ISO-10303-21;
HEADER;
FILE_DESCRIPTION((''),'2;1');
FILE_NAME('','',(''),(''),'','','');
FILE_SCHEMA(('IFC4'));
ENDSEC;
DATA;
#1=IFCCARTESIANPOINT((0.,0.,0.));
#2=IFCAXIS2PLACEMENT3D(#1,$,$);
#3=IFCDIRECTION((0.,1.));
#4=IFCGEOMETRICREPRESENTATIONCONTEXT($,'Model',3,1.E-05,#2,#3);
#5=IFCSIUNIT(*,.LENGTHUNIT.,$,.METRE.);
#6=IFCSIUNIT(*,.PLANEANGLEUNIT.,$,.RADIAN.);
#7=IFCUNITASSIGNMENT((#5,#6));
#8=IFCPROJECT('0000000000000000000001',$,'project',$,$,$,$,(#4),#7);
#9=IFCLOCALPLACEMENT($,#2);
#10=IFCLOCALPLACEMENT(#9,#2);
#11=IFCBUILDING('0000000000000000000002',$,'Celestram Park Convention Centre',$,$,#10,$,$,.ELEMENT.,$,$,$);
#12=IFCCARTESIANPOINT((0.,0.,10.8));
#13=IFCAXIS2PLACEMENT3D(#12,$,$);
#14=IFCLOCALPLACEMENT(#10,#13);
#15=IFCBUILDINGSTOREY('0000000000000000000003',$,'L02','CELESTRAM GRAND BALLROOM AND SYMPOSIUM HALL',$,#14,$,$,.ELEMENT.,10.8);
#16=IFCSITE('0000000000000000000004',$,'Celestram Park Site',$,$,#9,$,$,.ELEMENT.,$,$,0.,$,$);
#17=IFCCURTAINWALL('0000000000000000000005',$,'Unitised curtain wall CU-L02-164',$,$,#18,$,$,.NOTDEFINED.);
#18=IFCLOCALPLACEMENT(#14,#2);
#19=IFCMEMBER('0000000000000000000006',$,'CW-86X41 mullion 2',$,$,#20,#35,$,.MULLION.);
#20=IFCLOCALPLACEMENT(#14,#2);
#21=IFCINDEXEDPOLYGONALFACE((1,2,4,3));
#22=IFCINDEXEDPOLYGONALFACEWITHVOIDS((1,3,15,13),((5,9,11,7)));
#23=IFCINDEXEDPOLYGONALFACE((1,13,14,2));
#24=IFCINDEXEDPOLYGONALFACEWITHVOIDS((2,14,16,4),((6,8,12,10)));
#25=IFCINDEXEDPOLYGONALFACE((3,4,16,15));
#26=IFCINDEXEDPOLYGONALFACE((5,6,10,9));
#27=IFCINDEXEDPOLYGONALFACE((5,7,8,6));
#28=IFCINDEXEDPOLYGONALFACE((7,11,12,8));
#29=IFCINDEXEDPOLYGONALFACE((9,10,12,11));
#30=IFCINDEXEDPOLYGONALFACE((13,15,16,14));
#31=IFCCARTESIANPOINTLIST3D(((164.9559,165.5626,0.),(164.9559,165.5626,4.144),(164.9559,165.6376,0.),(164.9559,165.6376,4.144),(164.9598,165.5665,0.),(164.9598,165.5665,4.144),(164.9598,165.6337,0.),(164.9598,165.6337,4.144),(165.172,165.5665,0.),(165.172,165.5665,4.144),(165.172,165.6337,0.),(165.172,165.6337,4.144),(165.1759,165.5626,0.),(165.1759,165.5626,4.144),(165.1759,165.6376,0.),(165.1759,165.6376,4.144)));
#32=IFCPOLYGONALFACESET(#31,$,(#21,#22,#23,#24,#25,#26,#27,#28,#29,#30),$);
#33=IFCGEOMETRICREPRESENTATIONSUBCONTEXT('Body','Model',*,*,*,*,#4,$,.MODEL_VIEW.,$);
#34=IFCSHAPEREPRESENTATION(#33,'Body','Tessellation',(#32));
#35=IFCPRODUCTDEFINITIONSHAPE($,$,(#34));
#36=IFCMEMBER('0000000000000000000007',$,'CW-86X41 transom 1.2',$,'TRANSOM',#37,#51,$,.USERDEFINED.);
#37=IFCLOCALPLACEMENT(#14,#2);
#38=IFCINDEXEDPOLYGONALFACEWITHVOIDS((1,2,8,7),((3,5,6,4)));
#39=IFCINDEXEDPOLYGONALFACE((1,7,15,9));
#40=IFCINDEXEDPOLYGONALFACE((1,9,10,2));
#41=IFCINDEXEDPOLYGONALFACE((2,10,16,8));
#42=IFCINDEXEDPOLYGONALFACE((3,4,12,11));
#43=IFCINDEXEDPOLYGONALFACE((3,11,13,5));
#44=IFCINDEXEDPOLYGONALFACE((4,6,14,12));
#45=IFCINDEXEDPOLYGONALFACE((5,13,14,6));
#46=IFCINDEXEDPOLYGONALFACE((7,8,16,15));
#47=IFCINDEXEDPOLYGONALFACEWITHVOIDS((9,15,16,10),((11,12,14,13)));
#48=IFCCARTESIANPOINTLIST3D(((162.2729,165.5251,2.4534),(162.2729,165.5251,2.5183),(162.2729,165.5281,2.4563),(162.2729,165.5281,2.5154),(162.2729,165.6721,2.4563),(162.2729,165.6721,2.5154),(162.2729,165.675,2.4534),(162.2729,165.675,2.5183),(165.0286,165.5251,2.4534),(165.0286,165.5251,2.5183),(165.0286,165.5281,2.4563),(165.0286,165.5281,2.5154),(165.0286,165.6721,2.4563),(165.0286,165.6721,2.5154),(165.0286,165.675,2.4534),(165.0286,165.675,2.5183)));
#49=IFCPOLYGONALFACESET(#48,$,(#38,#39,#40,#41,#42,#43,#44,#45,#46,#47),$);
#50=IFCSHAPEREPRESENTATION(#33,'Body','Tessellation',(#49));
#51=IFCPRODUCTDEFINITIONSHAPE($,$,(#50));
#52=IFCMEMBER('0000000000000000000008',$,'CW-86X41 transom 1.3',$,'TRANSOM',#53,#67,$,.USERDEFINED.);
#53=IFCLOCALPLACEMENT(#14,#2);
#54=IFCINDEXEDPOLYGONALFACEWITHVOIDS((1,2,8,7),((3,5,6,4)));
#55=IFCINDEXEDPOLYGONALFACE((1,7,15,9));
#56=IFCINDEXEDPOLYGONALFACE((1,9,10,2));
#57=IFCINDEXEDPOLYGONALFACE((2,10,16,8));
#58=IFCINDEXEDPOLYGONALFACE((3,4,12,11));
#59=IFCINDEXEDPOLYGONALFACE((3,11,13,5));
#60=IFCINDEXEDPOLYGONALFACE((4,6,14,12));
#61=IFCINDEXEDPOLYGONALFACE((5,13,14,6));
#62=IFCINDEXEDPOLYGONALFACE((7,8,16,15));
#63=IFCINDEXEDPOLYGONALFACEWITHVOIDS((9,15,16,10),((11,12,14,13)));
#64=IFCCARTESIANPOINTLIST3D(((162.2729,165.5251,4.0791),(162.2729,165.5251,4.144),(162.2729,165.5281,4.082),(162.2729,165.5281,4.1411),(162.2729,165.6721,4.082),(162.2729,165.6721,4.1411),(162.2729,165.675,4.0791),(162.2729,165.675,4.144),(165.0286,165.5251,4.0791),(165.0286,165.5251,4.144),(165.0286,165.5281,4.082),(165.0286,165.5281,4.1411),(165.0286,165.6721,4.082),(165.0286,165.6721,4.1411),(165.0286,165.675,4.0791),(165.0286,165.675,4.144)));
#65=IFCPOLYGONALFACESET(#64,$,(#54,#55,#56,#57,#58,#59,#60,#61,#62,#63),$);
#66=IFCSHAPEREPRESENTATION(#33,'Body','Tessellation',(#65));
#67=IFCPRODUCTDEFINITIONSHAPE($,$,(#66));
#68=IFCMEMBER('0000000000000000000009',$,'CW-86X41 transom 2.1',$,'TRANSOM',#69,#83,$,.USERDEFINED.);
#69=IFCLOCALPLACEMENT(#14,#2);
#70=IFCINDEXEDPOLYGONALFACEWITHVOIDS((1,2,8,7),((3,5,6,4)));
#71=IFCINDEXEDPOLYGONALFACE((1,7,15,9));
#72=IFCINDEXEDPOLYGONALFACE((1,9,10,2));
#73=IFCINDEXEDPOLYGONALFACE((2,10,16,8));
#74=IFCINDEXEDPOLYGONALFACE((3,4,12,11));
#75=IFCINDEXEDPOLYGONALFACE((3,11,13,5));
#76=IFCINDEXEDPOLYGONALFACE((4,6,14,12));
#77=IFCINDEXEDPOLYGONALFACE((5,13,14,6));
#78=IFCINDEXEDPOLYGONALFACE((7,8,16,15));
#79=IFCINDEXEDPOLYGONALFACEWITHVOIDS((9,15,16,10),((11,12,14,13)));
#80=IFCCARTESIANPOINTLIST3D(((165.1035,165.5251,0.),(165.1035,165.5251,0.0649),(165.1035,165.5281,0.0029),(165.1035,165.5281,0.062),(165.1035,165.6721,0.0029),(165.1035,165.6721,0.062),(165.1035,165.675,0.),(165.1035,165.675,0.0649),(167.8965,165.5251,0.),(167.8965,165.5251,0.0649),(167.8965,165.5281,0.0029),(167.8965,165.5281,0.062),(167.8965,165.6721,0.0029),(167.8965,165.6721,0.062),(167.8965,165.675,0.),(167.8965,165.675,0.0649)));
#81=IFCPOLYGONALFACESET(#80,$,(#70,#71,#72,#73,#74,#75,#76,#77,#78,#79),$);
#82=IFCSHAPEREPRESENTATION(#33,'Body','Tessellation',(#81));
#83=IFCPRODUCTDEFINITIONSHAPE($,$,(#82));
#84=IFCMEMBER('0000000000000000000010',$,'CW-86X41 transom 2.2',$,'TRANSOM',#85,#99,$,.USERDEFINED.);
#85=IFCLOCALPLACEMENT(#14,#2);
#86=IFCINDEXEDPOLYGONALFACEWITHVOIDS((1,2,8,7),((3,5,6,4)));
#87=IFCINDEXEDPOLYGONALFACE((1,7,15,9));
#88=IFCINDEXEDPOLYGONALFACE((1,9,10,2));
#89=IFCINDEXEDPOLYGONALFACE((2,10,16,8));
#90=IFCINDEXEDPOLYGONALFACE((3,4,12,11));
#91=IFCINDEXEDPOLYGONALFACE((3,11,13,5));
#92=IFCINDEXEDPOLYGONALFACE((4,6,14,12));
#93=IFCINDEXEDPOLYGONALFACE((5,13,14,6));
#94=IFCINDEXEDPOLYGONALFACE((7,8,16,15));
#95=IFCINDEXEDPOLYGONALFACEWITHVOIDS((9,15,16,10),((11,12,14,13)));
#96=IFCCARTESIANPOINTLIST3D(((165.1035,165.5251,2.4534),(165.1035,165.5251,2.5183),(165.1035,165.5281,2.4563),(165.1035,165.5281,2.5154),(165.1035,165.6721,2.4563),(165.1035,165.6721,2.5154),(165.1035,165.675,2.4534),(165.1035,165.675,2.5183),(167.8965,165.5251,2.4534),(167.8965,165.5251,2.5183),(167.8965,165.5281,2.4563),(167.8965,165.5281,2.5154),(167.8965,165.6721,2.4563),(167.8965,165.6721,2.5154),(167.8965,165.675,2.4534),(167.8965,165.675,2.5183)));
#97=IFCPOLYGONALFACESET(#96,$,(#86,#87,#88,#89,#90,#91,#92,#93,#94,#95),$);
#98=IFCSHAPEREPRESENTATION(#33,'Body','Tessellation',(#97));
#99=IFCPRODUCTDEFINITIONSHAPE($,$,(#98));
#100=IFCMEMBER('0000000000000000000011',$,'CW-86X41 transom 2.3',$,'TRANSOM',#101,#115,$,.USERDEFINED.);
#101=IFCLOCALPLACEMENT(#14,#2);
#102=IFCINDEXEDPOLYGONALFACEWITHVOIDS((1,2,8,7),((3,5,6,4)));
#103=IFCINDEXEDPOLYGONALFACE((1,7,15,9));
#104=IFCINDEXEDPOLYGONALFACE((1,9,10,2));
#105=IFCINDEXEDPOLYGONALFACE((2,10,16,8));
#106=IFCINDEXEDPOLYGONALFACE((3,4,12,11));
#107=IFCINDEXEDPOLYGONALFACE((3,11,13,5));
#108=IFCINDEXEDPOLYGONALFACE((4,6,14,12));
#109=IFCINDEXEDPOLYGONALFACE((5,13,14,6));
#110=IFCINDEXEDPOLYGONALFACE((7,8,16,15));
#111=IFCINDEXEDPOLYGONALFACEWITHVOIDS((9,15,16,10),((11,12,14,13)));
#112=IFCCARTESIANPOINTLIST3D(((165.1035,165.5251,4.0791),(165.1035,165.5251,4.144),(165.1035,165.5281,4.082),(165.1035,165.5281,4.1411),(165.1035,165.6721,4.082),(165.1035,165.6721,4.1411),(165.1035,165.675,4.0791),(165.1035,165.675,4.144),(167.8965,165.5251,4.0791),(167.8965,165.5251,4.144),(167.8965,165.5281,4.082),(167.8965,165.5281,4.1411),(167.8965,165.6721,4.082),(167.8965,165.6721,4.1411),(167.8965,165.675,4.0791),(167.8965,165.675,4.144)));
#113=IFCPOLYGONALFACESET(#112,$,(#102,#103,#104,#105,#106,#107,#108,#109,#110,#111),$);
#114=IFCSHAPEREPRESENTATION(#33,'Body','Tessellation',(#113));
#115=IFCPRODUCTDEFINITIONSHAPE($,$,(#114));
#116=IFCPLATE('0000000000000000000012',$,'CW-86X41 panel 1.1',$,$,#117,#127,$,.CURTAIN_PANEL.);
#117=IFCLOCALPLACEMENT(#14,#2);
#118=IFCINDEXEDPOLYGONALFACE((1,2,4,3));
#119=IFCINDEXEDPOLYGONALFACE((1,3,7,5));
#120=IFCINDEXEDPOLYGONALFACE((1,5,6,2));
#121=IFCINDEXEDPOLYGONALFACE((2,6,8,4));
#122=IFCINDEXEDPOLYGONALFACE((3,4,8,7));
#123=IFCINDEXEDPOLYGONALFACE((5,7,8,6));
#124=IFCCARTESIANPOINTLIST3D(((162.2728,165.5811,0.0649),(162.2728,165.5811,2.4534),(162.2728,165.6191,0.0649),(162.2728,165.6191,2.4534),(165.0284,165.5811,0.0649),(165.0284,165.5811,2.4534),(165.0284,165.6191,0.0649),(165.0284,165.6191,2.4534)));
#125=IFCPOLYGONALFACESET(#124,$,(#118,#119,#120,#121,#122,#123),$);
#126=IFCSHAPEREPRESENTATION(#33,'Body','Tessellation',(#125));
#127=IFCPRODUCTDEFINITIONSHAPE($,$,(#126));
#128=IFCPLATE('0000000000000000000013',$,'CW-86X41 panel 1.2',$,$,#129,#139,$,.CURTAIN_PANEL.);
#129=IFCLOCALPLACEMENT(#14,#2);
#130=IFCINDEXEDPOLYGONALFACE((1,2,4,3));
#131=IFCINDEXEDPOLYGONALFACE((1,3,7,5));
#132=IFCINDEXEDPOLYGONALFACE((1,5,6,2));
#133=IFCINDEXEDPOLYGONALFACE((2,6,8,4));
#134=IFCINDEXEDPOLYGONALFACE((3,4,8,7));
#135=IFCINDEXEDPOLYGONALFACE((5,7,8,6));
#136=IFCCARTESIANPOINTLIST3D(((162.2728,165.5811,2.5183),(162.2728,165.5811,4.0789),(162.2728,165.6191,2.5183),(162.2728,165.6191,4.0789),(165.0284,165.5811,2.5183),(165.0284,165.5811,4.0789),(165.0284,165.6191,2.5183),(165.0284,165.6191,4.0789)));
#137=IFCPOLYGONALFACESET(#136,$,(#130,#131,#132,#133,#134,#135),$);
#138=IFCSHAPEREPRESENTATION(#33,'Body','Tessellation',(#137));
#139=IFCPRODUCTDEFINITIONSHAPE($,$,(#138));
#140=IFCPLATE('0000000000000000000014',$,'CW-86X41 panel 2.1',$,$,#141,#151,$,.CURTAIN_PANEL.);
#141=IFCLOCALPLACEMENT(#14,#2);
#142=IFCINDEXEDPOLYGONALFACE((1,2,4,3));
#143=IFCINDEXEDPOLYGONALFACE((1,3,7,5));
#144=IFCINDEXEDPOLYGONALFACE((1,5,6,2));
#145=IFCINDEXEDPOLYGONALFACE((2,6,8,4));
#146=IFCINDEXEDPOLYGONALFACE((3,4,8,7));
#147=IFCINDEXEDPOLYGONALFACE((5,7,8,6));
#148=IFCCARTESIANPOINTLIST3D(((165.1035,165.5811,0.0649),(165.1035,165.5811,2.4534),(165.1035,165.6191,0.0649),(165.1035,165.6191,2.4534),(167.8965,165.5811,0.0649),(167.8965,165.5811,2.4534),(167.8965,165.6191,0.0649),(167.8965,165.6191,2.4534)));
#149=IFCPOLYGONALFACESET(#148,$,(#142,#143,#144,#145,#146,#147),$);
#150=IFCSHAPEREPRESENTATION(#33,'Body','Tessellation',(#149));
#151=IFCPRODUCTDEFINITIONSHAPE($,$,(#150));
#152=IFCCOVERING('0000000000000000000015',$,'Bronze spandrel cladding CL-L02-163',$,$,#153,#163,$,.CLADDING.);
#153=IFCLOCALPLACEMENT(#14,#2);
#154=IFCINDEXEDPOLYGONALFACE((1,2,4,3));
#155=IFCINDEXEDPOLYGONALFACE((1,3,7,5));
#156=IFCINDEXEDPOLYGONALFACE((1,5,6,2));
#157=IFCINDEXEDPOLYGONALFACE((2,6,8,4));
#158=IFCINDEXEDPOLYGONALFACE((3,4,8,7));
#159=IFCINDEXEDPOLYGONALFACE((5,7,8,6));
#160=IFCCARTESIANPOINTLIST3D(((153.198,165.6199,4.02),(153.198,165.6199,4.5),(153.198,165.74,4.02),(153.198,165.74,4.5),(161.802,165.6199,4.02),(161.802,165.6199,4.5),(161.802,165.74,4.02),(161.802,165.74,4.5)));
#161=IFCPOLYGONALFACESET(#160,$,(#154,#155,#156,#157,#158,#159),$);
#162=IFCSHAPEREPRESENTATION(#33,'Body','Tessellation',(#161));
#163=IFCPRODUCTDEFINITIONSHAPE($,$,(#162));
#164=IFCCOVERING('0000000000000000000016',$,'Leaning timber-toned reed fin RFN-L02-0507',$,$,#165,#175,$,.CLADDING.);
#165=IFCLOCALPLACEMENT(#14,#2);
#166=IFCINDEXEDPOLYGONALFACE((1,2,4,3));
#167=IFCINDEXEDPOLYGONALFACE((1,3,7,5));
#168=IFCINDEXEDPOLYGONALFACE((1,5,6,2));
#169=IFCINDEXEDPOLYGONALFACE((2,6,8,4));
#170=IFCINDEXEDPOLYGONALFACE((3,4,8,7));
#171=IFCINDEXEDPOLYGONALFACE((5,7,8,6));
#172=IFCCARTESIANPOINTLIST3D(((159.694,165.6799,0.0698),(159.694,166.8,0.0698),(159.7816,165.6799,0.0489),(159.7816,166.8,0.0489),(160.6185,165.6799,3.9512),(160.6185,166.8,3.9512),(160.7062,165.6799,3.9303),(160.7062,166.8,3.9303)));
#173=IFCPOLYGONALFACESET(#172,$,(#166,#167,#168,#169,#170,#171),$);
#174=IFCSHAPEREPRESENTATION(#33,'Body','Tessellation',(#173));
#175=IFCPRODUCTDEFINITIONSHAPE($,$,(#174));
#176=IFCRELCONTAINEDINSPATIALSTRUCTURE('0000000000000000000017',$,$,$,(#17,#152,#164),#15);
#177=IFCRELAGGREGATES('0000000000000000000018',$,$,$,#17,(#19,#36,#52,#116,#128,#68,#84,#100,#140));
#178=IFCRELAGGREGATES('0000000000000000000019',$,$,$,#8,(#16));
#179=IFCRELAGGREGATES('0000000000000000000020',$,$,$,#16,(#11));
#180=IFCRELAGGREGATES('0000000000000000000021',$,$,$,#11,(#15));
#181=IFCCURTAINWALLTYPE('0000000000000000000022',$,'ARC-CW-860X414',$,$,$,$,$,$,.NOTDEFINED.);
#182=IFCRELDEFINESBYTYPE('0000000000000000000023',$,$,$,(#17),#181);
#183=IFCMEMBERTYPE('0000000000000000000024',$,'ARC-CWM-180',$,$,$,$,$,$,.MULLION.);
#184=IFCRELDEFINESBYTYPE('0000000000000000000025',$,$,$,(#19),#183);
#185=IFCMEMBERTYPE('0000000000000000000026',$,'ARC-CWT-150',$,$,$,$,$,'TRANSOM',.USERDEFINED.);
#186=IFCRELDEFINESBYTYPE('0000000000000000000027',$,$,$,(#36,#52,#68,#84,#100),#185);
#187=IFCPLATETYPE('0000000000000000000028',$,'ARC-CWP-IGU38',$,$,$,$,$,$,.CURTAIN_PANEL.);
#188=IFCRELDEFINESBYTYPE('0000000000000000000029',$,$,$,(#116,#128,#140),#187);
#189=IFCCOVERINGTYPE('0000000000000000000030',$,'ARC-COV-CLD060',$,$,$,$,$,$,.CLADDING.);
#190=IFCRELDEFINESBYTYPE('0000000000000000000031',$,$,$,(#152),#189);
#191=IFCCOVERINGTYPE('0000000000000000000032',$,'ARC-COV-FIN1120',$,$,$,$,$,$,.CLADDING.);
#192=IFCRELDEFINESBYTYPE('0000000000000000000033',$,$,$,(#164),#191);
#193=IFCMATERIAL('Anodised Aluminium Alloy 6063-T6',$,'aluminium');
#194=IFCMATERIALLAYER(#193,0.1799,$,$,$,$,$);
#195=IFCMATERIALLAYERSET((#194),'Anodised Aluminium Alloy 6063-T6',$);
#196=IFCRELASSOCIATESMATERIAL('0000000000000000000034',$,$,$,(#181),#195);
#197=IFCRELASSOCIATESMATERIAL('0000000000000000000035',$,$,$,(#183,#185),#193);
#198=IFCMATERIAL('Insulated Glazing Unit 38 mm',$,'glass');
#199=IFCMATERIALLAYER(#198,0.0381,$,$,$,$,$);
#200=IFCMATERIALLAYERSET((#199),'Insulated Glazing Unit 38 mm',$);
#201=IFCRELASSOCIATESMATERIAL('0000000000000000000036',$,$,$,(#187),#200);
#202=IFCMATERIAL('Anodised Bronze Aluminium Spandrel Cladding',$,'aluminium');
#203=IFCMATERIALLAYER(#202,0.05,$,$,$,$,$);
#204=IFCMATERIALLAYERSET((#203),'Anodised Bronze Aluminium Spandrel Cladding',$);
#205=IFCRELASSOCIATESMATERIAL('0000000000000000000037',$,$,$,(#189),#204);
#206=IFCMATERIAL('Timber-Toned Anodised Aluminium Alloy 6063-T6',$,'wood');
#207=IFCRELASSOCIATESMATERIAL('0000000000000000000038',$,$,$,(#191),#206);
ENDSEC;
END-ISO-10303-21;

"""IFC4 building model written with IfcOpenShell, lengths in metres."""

from ifc_helpers import new_model, si_unit, direction, frame, origin, origin_2d, place, context, subcontext, project, spatial, rectangle, hollow_rectangle, extrude, material, layer, layer_set, material_profile, profile_set, type_object, element, aggregate, save


model = new_model("IFC4")

# Units and contexts
model_context = context("Model", 3, precision=1e-05, world=origin(), true_north=direction((0.0, 1.0)))
body_context = subcontext(model_context, "Body", "Model", "MODEL_VIEW")
ifc_project = project(units=[si_unit("LENGTHUNIT", "METRE"), si_unit("PLANEANGLEUNIT", "RADIAN")], contexts=[model_context])

# Site, building, storey
site_placement = place(None, origin())
site = spatial("IfcSite", under=ifc_project, at=site_placement, Name="Celestram Park Site", CompositionType="ELEMENT", RefElevation=0.0)
building_placement = place(site_placement, origin())
building = spatial("IfcBuilding", under=site, at=building_placement, Name="Celestram Park Convention Centre", CompositionType="ELEMENT")
storey_placement = place(building_placement, frame((0.0, 0.0, 10.8)))
storey = spatial("IfcBuildingStorey", under=building, at=storey_placement, Name="L02", Description="CELESTRAM GRAND BALLROOM AND SYMPOSIUM HALL", CompositionType="ELEMENT", Elevation=10.8)

# Curtain wall, members, plates
ifc_material_1 = material(Name="Anodised Aluminium Alloy 6063-T6", Category="aluminium")
ifc_layer_1 = layer(ifc_material_1, 0.1799)
ifc_layer_set_1 = layer_set([ifc_layer_1], Name="Anodised Aluminium Alloy 6063-T6")
curtain_wall_type = type_object("IfcCurtainWallType", Name="ARC-CW-860X414", PredefinedType="NOTDEFINED", material=ifc_layer_set_1)
curtain_wall_placement = place(storey_placement, origin())
curtain_wall = element("IfcCurtainWall", 1, at=curtain_wall_placement, inside=storey, type_object=curtain_wall_type, Name="Unitised curtain wall CU-L02-164", PredefinedType="NOTDEFINED")
ifc_material_profile_1 = material_profile(ifc_material_1, hollow_rectangle(XDim=0.075, YDim=0.22, WallThickness=0.0039, at=origin_2d()), Name="ALU75X220X4")
ifc_profile_set_1 = profile_set([ifc_material_profile_1], Name="Anodised Aluminium Alloy 6063-T6")
member_type_1 = type_object("IfcMemberType", Name="ARC-CWM-180", PredefinedType="MULLION", material=ifc_profile_set_1)
member_1_placement = place(storey_placement, frame((165.0659, 165.6001, 0.0), z_axis=(0.0, 0.0, 1.0), x_axis=(0.0, 1.0, 0.0)))
member_1 = element("IfcMember", 2, at=member_1_placement, type_object=member_type_1, Name="CW-86X41 mullion 2", PredefinedType="MULLION", context=body_context, shape_type="SweptSolid", body=[
    extrude(hollow_rectangle(XDim=0.075, YDim=0.22, WallThickness=0.0039, at=origin_2d()), origin(), (0.0, 0.0, 1.0), 4.144),
])
ifc_material_profile_2 = material_profile(ifc_material_1, hollow_rectangle(XDim=0.1499, YDim=0.0649, WallThickness=0.0029, at=origin_2d()), Name="ALU150X65X3")
ifc_profile_set_2 = profile_set([ifc_material_profile_2], Name="Anodised Aluminium Alloy 6063-T6")
member_type_2 = type_object("IfcMemberType", Name="ARC-CWT-150", ElementType="TRANSOM", PredefinedType="USERDEFINED", material=ifc_profile_set_2)
member_2_placement = place(storey_placement, frame((162.2729, 165.6001, 2.4858), z_axis=(1.0, 0.0, 0.0), x_axis=(0.0, 1.0, 0.0)))
member_2 = element("IfcMember", 3, at=member_2_placement, type_object=member_type_2, Name="CW-86X41 transom 1.2", ObjectType="TRANSOM", PredefinedType="USERDEFINED", context=body_context, shape_type="SweptSolid", body=[
    extrude(hollow_rectangle(XDim=0.1499, YDim=0.0649, WallThickness=0.0029, at=origin_2d()), origin(), (0.0, 0.0, 1.0), 2.7556),
])
member_3_placement = place(storey_placement, frame((162.2729, 165.6001, 4.1116), z_axis=(1.0, 0.0, 0.0), x_axis=(0.0, 1.0, 0.0)))
member_3 = element("IfcMember", 4, at=member_3_placement, type_object=member_type_2, Name="CW-86X41 transom 1.3", ObjectType="TRANSOM", PredefinedType="USERDEFINED", context=body_context, shape_type="SweptSolid", body=[
    extrude(hollow_rectangle(XDim=0.1499, YDim=0.0649, WallThickness=0.0029, at=origin_2d()), origin(), (0.0, 0.0, 1.0), 2.7556),
])
member_4_placement = place(storey_placement, frame((165.1035, 165.6001, 0.0325), z_axis=(1.0, 0.0, 0.0), x_axis=(0.0, 1.0, 0.0)))
member_4 = element("IfcMember", 5, at=member_4_placement, type_object=member_type_2, Name="CW-86X41 transom 2.1", ObjectType="TRANSOM", PredefinedType="USERDEFINED", context=body_context, shape_type="SweptSolid", body=[
    extrude(hollow_rectangle(XDim=0.1499, YDim=0.0649, WallThickness=0.0029, at=origin_2d()), origin(), (0.0, 0.0, 1.0), 2.793),
])
member_5_placement = place(storey_placement, frame((165.1035, 165.6001, 2.4858), z_axis=(1.0, 0.0, 0.0), x_axis=(0.0, 1.0, 0.0)))
member_5 = element("IfcMember", 6, at=member_5_placement, type_object=member_type_2, Name="CW-86X41 transom 2.2", ObjectType="TRANSOM", PredefinedType="USERDEFINED", context=body_context, shape_type="SweptSolid", body=[
    extrude(hollow_rectangle(XDim=0.1499, YDim=0.0649, WallThickness=0.0029, at=origin_2d()), origin(), (0.0, 0.0, 1.0), 2.793),
])
member_6_placement = place(storey_placement, frame((165.1035, 165.6001, 4.1116), z_axis=(1.0, 0.0, 0.0), x_axis=(0.0, 1.0, 0.0)))
member_6 = element("IfcMember", 7, at=member_6_placement, type_object=member_type_2, Name="CW-86X41 transom 2.3", ObjectType="TRANSOM", PredefinedType="USERDEFINED", context=body_context, shape_type="SweptSolid", body=[
    extrude(hollow_rectangle(XDim=0.1499, YDim=0.0649, WallThickness=0.0029, at=origin_2d()), origin(), (0.0, 0.0, 1.0), 2.793),
])
ifc_material_2 = material(Name="Insulated Glazing Unit 38 mm", Category="glass")
ifc_layer_2 = layer(ifc_material_2, 0.0381)
ifc_layer_set_2 = layer_set([ifc_layer_2], Name="Insulated Glazing Unit 38 mm")
plate_type = type_object("IfcPlateType", Name="ARC-CWP-IGU38", PredefinedType="CURTAIN_PANEL", material=ifc_layer_set_2)
plate_1_placement = place(storey_placement, frame((163.6506, 165.6001, 0.0649), z_axis=(0.0, 0.0, 1.0), x_axis=(1.0, 0.0, 0.0)))
plate_1 = element("IfcPlate", 8, at=plate_1_placement, type_object=plate_type, Name="CW-86X41 panel 1.1", PredefinedType="CURTAIN_PANEL", context=body_context, shape_type="SweptSolid", body=[
    extrude(rectangle(XDim=2.7556, YDim=0.0381, at=origin_2d()), origin(), (0.0, 0.0, 1.0), 2.3884),
])
plate_2_placement = place(storey_placement, frame((163.6506, 165.6001, 2.5183), z_axis=(0.0, 0.0, 1.0), x_axis=(1.0, 0.0, 0.0)))
plate_2 = element("IfcPlate", 9, at=plate_2_placement, type_object=plate_type, Name="CW-86X41 panel 1.2", PredefinedType="CURTAIN_PANEL", context=body_context, shape_type="SweptSolid", body=[
    extrude(rectangle(XDim=2.7556, YDim=0.0381, at=origin_2d()), origin(), (0.0, 0.0, 1.0), 1.5605),
])
plate_3_placement = place(storey_placement, frame((166.5, 165.6001, 0.0649), z_axis=(0.0, 0.0, 1.0), x_axis=(1.0, 0.0, 0.0)))
plate_3 = element("IfcPlate", 10, at=plate_3_placement, type_object=plate_type, Name="CW-86X41 panel 2.1", PredefinedType="CURTAIN_PANEL", context=body_context, shape_type="SweptSolid", body=[
    extrude(rectangle(XDim=2.793, YDim=0.0381, at=origin_2d()), origin(), (0.0, 0.0, 1.0), 2.3884),
])
aggregate(curtain_wall, [member_1, member_2, member_3, plate_1, plate_2, member_4, member_5, member_6, plate_3])

# Coverings
ifc_material_3 = material(Name="Anodised Bronze Aluminium Spandrel Cladding", Category="aluminium")
ifc_layer_3 = layer(ifc_material_3, 0.05)
ifc_layer_set_3 = layer_set([ifc_layer_3], Name="Anodised Bronze Aluminium Spandrel Cladding")
covering_type_1 = type_object("IfcCoveringType", Name="ARC-COV-CLD060", PredefinedType="CLADDING", material=ifc_layer_set_3)
covering_1_placement = place(storey_placement, frame((157.5, 165.6799, 4.02), z_axis=(0.0, 0.0, 1.0), x_axis=(1.0, 0.0, 0.0)))
element("IfcCovering", 11, at=covering_1_placement, inside=storey, type_object=covering_type_1, Name="Bronze spandrel cladding CL-L02-163", PredefinedType="CLADDING", context=body_context, shape_type="SweptSolid", body=[
    extrude(rectangle(XDim=8.604, YDim=0.1201, at=origin_2d()), origin(), (0.0, 0.0, 1.0), 0.48),
])
ifc_material_4 = material(Name="Timber-Toned Anodised Aluminium Alloy 6063-T6", Category="wood")
ifc_material_profile_3 = material_profile(ifc_material_4, rectangle(XDim=1.1201, YDim=0.0901, at=origin_2d()), Name="REED1120X90")
ifc_profile_set_3 = profile_set([ifc_material_profile_3], Name="Timber-Toned Anodised Aluminium Alloy 6063-T6")
covering_type_2 = type_object("IfcCoveringType", Name="ARC-COV-FIN1120", PredefinedType="CLADDING", material=ifc_profile_set_3)
covering_2_placement = place(storey_placement, frame((159.7378, 166.24, 0.0593), z_axis=(0.231723, 0.0, 0.972782), x_axis=(0.0, 1.0, 0.0)))
element("IfcCovering", 12, at=covering_2_placement, inside=storey, type_object=covering_type_2, Name="Leaning timber-toned reed fin RFN-L02-0507", PredefinedType="CLADDING", context=body_context, shape_type="SweptSolid", body=[
    extrude(rectangle(XDim=1.1201, YDim=0.0901, at=origin_2d()), origin(), (0.0, 0.0, 1.0), 3.99),
])

save(model, "model.ifc")
